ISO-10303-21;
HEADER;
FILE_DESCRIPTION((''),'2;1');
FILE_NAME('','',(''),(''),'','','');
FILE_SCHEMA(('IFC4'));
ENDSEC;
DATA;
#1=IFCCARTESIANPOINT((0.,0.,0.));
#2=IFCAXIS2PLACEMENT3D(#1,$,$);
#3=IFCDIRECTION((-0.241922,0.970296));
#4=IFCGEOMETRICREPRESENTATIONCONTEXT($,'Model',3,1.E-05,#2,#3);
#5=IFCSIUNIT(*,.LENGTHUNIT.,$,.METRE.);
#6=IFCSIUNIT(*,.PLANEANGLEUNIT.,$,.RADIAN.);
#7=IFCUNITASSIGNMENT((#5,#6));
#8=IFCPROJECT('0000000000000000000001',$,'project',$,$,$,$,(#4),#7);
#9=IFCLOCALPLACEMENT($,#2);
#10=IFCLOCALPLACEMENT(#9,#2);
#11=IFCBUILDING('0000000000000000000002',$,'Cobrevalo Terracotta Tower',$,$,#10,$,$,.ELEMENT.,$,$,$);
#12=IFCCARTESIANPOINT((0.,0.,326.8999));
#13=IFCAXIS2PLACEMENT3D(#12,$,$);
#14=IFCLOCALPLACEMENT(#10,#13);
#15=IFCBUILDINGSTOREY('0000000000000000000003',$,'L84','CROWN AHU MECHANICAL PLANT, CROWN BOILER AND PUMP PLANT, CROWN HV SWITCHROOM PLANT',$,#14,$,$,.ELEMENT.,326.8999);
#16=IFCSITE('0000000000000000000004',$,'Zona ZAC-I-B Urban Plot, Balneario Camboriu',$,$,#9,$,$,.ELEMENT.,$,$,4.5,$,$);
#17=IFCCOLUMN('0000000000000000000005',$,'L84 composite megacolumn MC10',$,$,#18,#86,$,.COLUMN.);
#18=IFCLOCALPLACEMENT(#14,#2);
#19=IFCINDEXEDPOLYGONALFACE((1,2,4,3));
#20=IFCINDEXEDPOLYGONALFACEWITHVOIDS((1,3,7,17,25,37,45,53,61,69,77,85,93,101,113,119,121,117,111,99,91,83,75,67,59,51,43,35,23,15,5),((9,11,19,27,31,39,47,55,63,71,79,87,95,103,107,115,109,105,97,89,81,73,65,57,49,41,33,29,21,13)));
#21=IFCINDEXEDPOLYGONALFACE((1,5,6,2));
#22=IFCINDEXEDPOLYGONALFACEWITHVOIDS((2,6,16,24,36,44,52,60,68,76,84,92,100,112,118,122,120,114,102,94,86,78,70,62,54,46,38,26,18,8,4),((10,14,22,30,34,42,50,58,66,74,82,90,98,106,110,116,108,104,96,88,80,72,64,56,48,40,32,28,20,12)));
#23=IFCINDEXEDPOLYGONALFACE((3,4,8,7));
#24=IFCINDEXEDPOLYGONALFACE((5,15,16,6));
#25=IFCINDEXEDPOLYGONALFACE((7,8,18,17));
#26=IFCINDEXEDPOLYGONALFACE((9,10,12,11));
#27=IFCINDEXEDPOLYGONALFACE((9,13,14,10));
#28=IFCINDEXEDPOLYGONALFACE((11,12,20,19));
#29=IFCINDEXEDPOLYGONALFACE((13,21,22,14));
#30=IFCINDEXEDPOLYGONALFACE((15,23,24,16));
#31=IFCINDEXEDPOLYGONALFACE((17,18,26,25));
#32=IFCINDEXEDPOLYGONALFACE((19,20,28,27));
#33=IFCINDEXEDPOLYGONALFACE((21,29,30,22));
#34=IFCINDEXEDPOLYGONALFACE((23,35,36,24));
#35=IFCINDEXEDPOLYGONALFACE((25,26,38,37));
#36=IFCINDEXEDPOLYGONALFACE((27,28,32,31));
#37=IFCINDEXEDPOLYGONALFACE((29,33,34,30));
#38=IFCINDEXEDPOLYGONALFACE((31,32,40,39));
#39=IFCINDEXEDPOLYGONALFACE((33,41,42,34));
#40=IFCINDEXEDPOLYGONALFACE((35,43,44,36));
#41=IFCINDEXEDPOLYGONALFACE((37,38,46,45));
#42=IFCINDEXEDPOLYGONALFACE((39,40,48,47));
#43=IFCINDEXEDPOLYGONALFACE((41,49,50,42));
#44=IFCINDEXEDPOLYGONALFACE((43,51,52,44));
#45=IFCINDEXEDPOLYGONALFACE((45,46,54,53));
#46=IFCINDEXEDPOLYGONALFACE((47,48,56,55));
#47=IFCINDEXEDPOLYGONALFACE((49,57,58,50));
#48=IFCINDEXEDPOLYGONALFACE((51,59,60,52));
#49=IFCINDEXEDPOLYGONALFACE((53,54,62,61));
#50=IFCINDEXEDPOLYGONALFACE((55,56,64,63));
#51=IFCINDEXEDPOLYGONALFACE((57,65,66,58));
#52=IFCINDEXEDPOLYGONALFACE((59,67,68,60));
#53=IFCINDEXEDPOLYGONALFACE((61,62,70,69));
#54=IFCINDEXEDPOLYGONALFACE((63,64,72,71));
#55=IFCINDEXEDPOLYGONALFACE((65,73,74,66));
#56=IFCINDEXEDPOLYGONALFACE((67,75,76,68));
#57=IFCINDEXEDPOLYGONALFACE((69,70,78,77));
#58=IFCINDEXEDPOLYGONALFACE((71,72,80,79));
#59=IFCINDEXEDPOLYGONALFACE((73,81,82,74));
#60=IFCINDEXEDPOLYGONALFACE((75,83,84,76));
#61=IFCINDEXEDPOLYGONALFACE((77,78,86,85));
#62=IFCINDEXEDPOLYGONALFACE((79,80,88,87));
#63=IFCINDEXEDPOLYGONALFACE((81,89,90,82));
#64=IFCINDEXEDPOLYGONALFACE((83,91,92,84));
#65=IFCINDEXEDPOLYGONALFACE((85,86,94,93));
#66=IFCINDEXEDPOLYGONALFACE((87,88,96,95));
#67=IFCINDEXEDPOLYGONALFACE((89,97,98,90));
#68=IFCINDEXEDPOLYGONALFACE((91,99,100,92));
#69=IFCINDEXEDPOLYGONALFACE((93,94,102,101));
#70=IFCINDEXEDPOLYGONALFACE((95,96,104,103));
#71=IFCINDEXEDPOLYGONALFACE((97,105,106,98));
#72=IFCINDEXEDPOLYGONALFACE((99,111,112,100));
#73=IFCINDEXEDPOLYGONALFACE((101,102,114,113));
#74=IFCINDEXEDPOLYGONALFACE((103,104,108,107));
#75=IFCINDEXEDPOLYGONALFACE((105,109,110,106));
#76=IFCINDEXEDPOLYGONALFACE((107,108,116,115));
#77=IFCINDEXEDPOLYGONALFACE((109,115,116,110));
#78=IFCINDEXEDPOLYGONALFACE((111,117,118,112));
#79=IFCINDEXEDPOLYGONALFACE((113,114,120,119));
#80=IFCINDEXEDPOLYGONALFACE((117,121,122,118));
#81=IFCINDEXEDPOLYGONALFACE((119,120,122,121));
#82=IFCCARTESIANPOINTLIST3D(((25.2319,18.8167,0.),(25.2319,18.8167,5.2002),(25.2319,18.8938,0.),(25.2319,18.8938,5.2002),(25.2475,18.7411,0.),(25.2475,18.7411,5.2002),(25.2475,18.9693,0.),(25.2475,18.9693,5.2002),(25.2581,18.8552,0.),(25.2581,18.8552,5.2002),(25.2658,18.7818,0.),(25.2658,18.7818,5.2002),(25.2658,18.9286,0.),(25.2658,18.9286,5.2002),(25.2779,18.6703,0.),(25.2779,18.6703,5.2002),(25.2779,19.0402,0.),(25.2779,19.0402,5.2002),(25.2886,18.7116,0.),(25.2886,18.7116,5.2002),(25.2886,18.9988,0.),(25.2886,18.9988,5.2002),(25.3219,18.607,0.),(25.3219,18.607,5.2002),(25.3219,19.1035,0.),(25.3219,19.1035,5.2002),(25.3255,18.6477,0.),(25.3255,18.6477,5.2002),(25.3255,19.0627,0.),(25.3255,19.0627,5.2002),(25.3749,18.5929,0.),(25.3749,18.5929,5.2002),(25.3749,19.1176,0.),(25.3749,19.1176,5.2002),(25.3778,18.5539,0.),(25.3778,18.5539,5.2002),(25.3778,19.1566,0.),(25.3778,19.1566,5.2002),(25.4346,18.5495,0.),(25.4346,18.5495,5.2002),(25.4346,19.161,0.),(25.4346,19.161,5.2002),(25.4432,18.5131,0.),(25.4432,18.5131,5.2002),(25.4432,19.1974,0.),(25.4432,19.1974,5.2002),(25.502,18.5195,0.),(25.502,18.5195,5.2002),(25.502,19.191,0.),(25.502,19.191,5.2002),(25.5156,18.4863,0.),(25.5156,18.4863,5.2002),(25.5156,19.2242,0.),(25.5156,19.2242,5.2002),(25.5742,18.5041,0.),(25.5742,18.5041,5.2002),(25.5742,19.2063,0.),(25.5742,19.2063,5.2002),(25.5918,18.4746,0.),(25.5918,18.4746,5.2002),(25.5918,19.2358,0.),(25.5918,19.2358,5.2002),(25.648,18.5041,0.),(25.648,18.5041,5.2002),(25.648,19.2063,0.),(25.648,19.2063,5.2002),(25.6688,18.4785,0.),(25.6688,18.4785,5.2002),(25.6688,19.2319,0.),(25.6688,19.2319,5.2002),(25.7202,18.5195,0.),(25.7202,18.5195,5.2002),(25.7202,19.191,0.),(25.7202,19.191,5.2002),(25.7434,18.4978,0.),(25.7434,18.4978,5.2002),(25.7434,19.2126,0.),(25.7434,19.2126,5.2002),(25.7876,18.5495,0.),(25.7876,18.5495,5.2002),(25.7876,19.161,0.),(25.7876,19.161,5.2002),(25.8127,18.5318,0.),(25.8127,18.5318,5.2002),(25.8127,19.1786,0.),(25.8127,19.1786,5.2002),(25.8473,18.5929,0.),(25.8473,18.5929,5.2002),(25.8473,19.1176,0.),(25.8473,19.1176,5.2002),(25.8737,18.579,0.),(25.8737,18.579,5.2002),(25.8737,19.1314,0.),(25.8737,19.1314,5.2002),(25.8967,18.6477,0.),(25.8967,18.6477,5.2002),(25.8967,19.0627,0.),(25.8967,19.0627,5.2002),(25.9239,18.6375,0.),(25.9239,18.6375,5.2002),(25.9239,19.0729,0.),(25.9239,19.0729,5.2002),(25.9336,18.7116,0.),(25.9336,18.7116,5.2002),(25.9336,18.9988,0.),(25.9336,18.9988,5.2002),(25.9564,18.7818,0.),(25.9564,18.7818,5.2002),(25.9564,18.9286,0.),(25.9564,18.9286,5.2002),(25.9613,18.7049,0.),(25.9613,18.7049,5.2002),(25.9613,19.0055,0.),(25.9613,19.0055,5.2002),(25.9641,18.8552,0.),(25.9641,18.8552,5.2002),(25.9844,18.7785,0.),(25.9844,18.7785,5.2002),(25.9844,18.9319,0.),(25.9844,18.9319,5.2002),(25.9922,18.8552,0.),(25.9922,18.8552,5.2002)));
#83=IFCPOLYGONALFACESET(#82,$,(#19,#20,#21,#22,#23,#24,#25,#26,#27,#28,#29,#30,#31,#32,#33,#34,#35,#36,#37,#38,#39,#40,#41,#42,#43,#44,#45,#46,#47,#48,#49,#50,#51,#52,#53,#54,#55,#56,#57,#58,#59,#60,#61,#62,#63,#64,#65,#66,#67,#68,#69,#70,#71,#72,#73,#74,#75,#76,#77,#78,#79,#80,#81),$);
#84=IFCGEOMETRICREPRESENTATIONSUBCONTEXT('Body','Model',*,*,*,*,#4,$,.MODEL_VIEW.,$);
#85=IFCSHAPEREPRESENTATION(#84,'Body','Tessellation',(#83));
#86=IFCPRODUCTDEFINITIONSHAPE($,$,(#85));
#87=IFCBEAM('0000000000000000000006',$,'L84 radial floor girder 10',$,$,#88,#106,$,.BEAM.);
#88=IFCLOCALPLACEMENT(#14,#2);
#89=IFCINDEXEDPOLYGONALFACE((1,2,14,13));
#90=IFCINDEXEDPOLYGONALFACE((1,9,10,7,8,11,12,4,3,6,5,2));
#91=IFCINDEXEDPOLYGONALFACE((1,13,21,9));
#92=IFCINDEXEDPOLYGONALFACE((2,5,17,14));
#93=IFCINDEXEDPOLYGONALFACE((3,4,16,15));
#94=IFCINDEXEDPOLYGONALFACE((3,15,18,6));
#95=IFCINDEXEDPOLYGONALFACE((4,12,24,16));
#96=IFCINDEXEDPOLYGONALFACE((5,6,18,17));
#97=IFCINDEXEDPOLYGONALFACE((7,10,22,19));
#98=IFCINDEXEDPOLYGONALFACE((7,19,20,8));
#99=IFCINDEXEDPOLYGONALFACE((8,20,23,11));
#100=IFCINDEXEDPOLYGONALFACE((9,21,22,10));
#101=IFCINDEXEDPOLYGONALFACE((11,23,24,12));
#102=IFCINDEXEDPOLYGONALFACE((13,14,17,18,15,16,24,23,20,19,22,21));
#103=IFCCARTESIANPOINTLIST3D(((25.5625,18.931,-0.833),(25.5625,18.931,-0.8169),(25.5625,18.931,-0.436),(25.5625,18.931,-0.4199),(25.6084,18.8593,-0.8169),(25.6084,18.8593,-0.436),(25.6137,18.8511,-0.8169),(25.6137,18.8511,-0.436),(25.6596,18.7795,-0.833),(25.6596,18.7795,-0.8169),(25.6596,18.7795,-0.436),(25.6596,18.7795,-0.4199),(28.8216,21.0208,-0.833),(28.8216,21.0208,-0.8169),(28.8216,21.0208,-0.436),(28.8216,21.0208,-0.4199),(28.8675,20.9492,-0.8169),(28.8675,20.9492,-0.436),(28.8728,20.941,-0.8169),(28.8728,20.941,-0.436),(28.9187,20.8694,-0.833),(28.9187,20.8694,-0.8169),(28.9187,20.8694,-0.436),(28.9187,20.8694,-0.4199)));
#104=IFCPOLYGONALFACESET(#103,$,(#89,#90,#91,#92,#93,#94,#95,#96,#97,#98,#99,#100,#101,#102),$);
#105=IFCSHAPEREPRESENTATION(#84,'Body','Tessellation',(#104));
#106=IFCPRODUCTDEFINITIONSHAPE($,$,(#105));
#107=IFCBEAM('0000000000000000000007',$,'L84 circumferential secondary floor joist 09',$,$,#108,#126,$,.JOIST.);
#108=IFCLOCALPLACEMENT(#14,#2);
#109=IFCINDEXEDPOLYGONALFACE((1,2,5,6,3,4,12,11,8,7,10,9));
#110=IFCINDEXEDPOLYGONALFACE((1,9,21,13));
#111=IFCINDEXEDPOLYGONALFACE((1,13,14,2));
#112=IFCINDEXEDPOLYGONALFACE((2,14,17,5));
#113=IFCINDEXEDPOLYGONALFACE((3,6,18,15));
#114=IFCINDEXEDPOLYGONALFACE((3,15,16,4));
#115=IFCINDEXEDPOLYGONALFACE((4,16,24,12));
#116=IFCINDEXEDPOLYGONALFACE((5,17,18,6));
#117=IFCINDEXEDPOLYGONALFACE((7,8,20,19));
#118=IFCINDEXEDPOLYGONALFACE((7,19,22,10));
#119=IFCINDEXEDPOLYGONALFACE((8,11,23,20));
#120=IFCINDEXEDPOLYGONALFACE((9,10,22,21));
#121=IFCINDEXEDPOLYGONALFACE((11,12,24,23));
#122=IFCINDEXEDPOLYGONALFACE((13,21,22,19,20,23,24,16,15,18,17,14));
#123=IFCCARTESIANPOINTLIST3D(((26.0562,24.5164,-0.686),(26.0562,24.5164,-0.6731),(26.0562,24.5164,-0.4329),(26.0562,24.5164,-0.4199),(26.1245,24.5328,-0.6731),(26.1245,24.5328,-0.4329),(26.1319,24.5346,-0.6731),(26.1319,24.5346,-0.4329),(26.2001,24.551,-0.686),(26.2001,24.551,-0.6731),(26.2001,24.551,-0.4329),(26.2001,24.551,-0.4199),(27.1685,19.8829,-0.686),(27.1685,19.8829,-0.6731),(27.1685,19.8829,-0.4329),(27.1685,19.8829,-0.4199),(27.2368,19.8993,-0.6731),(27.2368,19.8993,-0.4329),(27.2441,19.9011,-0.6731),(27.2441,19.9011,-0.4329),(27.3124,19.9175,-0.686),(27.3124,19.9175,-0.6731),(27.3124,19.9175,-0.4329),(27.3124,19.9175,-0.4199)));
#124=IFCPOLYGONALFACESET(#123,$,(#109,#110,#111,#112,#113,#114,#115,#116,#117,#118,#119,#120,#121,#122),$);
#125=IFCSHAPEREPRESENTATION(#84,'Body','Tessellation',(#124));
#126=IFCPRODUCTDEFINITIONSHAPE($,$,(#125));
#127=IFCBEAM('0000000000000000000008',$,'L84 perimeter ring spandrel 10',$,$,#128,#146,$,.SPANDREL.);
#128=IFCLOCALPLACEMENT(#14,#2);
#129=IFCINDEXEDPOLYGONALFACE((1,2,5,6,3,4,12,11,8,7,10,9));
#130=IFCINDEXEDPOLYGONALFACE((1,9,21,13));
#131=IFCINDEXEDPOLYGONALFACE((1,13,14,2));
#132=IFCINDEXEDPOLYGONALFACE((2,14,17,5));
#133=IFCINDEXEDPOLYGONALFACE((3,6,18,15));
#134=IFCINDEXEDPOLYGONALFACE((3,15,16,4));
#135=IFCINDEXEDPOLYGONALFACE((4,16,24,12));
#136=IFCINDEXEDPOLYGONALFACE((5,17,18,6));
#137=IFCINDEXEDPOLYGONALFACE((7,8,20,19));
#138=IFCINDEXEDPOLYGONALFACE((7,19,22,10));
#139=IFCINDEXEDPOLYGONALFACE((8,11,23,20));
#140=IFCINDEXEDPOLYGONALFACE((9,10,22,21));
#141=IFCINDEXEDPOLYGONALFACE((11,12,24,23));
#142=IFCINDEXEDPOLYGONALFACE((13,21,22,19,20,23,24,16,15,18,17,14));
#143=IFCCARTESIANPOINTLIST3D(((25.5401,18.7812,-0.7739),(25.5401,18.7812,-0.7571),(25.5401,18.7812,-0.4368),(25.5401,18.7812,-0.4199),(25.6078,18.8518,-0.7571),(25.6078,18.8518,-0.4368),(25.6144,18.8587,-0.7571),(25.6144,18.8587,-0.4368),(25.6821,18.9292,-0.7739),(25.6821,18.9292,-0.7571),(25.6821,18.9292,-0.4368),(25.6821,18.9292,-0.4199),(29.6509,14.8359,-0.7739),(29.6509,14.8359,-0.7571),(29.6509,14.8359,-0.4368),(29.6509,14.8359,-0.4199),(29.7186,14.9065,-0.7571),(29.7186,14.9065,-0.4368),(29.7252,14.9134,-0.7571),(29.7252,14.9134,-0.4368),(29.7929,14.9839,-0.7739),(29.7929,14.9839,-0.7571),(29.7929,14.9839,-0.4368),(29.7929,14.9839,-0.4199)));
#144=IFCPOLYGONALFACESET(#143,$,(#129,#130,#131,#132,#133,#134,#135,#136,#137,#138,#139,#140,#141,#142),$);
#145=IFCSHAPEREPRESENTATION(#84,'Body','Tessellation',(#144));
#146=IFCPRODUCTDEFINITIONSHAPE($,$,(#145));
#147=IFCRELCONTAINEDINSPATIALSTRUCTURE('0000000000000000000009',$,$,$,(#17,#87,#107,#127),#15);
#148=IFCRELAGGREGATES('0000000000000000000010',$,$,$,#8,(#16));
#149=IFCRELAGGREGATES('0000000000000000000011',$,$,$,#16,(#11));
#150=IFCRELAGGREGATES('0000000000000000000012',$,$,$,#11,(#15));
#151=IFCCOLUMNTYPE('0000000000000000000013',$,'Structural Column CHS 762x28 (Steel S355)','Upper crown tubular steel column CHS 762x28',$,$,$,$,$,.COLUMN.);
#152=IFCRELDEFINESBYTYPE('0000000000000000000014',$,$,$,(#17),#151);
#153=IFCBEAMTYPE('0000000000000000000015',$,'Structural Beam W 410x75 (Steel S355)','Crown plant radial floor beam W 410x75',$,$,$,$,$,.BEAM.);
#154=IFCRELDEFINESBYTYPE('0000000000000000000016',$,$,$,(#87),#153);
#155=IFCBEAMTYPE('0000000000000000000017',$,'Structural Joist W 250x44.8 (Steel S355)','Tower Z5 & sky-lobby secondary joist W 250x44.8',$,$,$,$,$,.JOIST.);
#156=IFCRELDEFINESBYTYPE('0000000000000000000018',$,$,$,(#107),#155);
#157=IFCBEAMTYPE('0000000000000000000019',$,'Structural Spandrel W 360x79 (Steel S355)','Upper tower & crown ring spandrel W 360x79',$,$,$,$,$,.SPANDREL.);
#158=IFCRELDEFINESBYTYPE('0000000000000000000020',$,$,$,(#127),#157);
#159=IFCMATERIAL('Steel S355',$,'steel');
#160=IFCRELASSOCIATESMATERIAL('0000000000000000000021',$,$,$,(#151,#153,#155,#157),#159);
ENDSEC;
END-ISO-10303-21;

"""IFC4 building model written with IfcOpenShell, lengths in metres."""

from ifc_helpers import new_model, si_unit, direction, frame, origin, origin_2d, place, context, subcontext, project, spatial, hollow_circle, i_section, extrude, material, material_profile, profile_set, type_object, element, save


model = new_model("IFC4")

# Units and contexts
model_context = context("Model", 3, precision=1e-05, world=origin(), true_north=direction((-0.241922, 0.970296)))
body_context = subcontext(model_context, "Body", "Model", "MODEL_VIEW")
ifc_project = project(units=[si_unit("LENGTHUNIT", "METRE"), si_unit("PLANEANGLEUNIT", "RADIAN")], contexts=[model_context])

# Site, building, storey
site_placement = place(None, origin())
site = spatial("IfcSite", under=ifc_project, at=site_placement, Name="Zona ZAC-I-B Urban Plot, Balneario Camboriu", CompositionType="ELEMENT", RefElevation=4.5)
building_placement = place(site_placement, origin())
building = spatial("IfcBuilding", under=site, at=building_placement, Name="Cobrevalo Terracotta Tower", CompositionType="ELEMENT")
storey_placement = place(building_placement, frame((0.0, 0.0, 326.8999)))
storey = spatial("IfcBuildingStorey", under=building, at=storey_placement, Name="L84", Description="CROWN AHU MECHANICAL PLANT, CROWN BOILER AND PUMP PLANT, CROWN HV SWITCHROOM PLANT", CompositionType="ELEMENT", Elevation=326.8999)

# Column
ifc_material_1 = material(Name="Steel S355", Category="steel")
ifc_material_profile_1 = material_profile(ifc_material_1, hollow_circle(Radius=0.3811, WallThickness=0.0281, at=origin_2d()), Name="CHS 762x28")
ifc_profile_set_1 = profile_set([ifc_material_profile_1], Name="Steel S355")
column_type = type_object("IfcColumnType", Name="Structural Column CHS 762x28 (Steel S355)", Description="Upper crown tubular steel column CHS 762x28", PredefinedType="COLUMN", material=ifc_profile_set_1)
column_placement = place(storey_placement, frame((25.6111, 18.8552, 0.0), z_axis=(0.0, 0.0, 1.0), x_axis=(1.0, 0.0, 0.0)))
element("IfcColumn", 1, at=column_placement, inside=storey, type_object=column_type, Name="L84 composite megacolumn MC10", PredefinedType="COLUMN", context=body_context, shape_type="SweptSolid", body=[
    extrude(hollow_circle(Radius=0.3811, WallThickness=0.0281, at=origin_2d()), origin(), (0.0, 0.0, 1.0), 5.2002),
])

# Beams
ifc_material_profile_2 = material_profile(ifc_material_1, i_section(OverallWidth=0.1799, OverallDepth=0.4131, WebThickness=0.0098, FlangeThickness=0.0161, at=origin_2d()), Name="W 410x75")
ifc_profile_set_2 = profile_set([ifc_material_profile_2], Name="Steel S355")
beam_type_1 = type_object("IfcBeamType", Name="Structural Beam W 410x75 (Steel S355)", Description="Crown plant radial floor beam W 410x75", PredefinedType="BEAM", material=ifc_profile_set_2)
beam_1_placement = place(storey_placement, frame((25.6111, 18.8552, -0.6265), z_axis=(0.841795, 0.539798, 0.0), x_axis=(-0.539798, 0.841795, 0.0)))
element("IfcBeam", 2, at=beam_1_placement, inside=storey, type_object=beam_type_1, Name="L84 radial floor girder 10", PredefinedType="BEAM", context=body_context, shape_type="SweptSolid", body=[
    extrude(i_section(OverallWidth=0.1799, OverallDepth=0.4131, WebThickness=0.0098, FlangeThickness=0.0161, at=origin_2d()), origin(), (0.0, 0.0, 1.0), 3.8716),
])
ifc_material_profile_3 = material_profile(ifc_material_1, i_section(OverallWidth=0.1479, OverallDepth=0.2661, WebThickness=0.0076, FlangeThickness=0.0129, at=origin_2d()), Name="W 250x44.8")
ifc_profile_set_3 = profile_set([ifc_material_profile_3], Name="Steel S355")
beam_type_2 = type_object("IfcBeamType", Name="Structural Joist W 250x44.8 (Steel S355)", Description="Tower Z5 & sky-lobby secondary joist W 250x44.8", PredefinedType="JOIST", material=ifc_profile_set_3)
beam_2_placement = place(storey_placement, frame((26.1282, 24.5337, -0.553), z_axis=(0.233423, -0.972375, 0.0), x_axis=(0.972375, 0.233423, 0.0)))
element("IfcBeam", 3, at=beam_2_placement, inside=storey, type_object=beam_type_2, Name="L84 circumferential secondary floor joist 09", PredefinedType="JOIST", context=body_context, shape_type="SweptSolid", body=[
    extrude(i_section(OverallWidth=0.1479, OverallDepth=0.2661, WebThickness=0.0076, FlangeThickness=0.0129, at=origin_2d()), origin(), (0.0, 0.0, 1.0), 4.7651),
])
ifc_material_profile_4 = material_profile(ifc_material_1, i_section(OverallWidth=0.2051, OverallDepth=0.354, WebThickness=0.0095, FlangeThickness=0.0168, at=origin_2d()), Name="W 360x79")
ifc_profile_set_4 = profile_set([ifc_material_profile_4], Name="Steel S355")
beam_type_3 = type_object("IfcBeamType", Name="Structural Spandrel W 360x79 (Steel S355)", Description="Upper tower & crown ring spandrel W 360x79", PredefinedType="SPANDREL", material=ifc_profile_set_4)
beam_3_placement = place(storey_placement, frame((25.6111, 18.8552, -0.5969), z_axis=(0.721483, -0.692432, 0.0), x_axis=(0.692432, 0.721483, 0.0)))
element("IfcBeam", 4, at=beam_3_placement, inside=storey, type_object=beam_type_3, Name="L84 perimeter ring spandrel 10", PredefinedType="SPANDREL", context=body_context, shape_type="SweptSolid", body=[
    extrude(i_section(OverallWidth=0.2051, OverallDepth=0.354, WebThickness=0.0095, FlangeThickness=0.0168, at=origin_2d()), origin(), (0.0, 0.0, 1.0), 5.6978),
])

save(model, "model.ifc")
